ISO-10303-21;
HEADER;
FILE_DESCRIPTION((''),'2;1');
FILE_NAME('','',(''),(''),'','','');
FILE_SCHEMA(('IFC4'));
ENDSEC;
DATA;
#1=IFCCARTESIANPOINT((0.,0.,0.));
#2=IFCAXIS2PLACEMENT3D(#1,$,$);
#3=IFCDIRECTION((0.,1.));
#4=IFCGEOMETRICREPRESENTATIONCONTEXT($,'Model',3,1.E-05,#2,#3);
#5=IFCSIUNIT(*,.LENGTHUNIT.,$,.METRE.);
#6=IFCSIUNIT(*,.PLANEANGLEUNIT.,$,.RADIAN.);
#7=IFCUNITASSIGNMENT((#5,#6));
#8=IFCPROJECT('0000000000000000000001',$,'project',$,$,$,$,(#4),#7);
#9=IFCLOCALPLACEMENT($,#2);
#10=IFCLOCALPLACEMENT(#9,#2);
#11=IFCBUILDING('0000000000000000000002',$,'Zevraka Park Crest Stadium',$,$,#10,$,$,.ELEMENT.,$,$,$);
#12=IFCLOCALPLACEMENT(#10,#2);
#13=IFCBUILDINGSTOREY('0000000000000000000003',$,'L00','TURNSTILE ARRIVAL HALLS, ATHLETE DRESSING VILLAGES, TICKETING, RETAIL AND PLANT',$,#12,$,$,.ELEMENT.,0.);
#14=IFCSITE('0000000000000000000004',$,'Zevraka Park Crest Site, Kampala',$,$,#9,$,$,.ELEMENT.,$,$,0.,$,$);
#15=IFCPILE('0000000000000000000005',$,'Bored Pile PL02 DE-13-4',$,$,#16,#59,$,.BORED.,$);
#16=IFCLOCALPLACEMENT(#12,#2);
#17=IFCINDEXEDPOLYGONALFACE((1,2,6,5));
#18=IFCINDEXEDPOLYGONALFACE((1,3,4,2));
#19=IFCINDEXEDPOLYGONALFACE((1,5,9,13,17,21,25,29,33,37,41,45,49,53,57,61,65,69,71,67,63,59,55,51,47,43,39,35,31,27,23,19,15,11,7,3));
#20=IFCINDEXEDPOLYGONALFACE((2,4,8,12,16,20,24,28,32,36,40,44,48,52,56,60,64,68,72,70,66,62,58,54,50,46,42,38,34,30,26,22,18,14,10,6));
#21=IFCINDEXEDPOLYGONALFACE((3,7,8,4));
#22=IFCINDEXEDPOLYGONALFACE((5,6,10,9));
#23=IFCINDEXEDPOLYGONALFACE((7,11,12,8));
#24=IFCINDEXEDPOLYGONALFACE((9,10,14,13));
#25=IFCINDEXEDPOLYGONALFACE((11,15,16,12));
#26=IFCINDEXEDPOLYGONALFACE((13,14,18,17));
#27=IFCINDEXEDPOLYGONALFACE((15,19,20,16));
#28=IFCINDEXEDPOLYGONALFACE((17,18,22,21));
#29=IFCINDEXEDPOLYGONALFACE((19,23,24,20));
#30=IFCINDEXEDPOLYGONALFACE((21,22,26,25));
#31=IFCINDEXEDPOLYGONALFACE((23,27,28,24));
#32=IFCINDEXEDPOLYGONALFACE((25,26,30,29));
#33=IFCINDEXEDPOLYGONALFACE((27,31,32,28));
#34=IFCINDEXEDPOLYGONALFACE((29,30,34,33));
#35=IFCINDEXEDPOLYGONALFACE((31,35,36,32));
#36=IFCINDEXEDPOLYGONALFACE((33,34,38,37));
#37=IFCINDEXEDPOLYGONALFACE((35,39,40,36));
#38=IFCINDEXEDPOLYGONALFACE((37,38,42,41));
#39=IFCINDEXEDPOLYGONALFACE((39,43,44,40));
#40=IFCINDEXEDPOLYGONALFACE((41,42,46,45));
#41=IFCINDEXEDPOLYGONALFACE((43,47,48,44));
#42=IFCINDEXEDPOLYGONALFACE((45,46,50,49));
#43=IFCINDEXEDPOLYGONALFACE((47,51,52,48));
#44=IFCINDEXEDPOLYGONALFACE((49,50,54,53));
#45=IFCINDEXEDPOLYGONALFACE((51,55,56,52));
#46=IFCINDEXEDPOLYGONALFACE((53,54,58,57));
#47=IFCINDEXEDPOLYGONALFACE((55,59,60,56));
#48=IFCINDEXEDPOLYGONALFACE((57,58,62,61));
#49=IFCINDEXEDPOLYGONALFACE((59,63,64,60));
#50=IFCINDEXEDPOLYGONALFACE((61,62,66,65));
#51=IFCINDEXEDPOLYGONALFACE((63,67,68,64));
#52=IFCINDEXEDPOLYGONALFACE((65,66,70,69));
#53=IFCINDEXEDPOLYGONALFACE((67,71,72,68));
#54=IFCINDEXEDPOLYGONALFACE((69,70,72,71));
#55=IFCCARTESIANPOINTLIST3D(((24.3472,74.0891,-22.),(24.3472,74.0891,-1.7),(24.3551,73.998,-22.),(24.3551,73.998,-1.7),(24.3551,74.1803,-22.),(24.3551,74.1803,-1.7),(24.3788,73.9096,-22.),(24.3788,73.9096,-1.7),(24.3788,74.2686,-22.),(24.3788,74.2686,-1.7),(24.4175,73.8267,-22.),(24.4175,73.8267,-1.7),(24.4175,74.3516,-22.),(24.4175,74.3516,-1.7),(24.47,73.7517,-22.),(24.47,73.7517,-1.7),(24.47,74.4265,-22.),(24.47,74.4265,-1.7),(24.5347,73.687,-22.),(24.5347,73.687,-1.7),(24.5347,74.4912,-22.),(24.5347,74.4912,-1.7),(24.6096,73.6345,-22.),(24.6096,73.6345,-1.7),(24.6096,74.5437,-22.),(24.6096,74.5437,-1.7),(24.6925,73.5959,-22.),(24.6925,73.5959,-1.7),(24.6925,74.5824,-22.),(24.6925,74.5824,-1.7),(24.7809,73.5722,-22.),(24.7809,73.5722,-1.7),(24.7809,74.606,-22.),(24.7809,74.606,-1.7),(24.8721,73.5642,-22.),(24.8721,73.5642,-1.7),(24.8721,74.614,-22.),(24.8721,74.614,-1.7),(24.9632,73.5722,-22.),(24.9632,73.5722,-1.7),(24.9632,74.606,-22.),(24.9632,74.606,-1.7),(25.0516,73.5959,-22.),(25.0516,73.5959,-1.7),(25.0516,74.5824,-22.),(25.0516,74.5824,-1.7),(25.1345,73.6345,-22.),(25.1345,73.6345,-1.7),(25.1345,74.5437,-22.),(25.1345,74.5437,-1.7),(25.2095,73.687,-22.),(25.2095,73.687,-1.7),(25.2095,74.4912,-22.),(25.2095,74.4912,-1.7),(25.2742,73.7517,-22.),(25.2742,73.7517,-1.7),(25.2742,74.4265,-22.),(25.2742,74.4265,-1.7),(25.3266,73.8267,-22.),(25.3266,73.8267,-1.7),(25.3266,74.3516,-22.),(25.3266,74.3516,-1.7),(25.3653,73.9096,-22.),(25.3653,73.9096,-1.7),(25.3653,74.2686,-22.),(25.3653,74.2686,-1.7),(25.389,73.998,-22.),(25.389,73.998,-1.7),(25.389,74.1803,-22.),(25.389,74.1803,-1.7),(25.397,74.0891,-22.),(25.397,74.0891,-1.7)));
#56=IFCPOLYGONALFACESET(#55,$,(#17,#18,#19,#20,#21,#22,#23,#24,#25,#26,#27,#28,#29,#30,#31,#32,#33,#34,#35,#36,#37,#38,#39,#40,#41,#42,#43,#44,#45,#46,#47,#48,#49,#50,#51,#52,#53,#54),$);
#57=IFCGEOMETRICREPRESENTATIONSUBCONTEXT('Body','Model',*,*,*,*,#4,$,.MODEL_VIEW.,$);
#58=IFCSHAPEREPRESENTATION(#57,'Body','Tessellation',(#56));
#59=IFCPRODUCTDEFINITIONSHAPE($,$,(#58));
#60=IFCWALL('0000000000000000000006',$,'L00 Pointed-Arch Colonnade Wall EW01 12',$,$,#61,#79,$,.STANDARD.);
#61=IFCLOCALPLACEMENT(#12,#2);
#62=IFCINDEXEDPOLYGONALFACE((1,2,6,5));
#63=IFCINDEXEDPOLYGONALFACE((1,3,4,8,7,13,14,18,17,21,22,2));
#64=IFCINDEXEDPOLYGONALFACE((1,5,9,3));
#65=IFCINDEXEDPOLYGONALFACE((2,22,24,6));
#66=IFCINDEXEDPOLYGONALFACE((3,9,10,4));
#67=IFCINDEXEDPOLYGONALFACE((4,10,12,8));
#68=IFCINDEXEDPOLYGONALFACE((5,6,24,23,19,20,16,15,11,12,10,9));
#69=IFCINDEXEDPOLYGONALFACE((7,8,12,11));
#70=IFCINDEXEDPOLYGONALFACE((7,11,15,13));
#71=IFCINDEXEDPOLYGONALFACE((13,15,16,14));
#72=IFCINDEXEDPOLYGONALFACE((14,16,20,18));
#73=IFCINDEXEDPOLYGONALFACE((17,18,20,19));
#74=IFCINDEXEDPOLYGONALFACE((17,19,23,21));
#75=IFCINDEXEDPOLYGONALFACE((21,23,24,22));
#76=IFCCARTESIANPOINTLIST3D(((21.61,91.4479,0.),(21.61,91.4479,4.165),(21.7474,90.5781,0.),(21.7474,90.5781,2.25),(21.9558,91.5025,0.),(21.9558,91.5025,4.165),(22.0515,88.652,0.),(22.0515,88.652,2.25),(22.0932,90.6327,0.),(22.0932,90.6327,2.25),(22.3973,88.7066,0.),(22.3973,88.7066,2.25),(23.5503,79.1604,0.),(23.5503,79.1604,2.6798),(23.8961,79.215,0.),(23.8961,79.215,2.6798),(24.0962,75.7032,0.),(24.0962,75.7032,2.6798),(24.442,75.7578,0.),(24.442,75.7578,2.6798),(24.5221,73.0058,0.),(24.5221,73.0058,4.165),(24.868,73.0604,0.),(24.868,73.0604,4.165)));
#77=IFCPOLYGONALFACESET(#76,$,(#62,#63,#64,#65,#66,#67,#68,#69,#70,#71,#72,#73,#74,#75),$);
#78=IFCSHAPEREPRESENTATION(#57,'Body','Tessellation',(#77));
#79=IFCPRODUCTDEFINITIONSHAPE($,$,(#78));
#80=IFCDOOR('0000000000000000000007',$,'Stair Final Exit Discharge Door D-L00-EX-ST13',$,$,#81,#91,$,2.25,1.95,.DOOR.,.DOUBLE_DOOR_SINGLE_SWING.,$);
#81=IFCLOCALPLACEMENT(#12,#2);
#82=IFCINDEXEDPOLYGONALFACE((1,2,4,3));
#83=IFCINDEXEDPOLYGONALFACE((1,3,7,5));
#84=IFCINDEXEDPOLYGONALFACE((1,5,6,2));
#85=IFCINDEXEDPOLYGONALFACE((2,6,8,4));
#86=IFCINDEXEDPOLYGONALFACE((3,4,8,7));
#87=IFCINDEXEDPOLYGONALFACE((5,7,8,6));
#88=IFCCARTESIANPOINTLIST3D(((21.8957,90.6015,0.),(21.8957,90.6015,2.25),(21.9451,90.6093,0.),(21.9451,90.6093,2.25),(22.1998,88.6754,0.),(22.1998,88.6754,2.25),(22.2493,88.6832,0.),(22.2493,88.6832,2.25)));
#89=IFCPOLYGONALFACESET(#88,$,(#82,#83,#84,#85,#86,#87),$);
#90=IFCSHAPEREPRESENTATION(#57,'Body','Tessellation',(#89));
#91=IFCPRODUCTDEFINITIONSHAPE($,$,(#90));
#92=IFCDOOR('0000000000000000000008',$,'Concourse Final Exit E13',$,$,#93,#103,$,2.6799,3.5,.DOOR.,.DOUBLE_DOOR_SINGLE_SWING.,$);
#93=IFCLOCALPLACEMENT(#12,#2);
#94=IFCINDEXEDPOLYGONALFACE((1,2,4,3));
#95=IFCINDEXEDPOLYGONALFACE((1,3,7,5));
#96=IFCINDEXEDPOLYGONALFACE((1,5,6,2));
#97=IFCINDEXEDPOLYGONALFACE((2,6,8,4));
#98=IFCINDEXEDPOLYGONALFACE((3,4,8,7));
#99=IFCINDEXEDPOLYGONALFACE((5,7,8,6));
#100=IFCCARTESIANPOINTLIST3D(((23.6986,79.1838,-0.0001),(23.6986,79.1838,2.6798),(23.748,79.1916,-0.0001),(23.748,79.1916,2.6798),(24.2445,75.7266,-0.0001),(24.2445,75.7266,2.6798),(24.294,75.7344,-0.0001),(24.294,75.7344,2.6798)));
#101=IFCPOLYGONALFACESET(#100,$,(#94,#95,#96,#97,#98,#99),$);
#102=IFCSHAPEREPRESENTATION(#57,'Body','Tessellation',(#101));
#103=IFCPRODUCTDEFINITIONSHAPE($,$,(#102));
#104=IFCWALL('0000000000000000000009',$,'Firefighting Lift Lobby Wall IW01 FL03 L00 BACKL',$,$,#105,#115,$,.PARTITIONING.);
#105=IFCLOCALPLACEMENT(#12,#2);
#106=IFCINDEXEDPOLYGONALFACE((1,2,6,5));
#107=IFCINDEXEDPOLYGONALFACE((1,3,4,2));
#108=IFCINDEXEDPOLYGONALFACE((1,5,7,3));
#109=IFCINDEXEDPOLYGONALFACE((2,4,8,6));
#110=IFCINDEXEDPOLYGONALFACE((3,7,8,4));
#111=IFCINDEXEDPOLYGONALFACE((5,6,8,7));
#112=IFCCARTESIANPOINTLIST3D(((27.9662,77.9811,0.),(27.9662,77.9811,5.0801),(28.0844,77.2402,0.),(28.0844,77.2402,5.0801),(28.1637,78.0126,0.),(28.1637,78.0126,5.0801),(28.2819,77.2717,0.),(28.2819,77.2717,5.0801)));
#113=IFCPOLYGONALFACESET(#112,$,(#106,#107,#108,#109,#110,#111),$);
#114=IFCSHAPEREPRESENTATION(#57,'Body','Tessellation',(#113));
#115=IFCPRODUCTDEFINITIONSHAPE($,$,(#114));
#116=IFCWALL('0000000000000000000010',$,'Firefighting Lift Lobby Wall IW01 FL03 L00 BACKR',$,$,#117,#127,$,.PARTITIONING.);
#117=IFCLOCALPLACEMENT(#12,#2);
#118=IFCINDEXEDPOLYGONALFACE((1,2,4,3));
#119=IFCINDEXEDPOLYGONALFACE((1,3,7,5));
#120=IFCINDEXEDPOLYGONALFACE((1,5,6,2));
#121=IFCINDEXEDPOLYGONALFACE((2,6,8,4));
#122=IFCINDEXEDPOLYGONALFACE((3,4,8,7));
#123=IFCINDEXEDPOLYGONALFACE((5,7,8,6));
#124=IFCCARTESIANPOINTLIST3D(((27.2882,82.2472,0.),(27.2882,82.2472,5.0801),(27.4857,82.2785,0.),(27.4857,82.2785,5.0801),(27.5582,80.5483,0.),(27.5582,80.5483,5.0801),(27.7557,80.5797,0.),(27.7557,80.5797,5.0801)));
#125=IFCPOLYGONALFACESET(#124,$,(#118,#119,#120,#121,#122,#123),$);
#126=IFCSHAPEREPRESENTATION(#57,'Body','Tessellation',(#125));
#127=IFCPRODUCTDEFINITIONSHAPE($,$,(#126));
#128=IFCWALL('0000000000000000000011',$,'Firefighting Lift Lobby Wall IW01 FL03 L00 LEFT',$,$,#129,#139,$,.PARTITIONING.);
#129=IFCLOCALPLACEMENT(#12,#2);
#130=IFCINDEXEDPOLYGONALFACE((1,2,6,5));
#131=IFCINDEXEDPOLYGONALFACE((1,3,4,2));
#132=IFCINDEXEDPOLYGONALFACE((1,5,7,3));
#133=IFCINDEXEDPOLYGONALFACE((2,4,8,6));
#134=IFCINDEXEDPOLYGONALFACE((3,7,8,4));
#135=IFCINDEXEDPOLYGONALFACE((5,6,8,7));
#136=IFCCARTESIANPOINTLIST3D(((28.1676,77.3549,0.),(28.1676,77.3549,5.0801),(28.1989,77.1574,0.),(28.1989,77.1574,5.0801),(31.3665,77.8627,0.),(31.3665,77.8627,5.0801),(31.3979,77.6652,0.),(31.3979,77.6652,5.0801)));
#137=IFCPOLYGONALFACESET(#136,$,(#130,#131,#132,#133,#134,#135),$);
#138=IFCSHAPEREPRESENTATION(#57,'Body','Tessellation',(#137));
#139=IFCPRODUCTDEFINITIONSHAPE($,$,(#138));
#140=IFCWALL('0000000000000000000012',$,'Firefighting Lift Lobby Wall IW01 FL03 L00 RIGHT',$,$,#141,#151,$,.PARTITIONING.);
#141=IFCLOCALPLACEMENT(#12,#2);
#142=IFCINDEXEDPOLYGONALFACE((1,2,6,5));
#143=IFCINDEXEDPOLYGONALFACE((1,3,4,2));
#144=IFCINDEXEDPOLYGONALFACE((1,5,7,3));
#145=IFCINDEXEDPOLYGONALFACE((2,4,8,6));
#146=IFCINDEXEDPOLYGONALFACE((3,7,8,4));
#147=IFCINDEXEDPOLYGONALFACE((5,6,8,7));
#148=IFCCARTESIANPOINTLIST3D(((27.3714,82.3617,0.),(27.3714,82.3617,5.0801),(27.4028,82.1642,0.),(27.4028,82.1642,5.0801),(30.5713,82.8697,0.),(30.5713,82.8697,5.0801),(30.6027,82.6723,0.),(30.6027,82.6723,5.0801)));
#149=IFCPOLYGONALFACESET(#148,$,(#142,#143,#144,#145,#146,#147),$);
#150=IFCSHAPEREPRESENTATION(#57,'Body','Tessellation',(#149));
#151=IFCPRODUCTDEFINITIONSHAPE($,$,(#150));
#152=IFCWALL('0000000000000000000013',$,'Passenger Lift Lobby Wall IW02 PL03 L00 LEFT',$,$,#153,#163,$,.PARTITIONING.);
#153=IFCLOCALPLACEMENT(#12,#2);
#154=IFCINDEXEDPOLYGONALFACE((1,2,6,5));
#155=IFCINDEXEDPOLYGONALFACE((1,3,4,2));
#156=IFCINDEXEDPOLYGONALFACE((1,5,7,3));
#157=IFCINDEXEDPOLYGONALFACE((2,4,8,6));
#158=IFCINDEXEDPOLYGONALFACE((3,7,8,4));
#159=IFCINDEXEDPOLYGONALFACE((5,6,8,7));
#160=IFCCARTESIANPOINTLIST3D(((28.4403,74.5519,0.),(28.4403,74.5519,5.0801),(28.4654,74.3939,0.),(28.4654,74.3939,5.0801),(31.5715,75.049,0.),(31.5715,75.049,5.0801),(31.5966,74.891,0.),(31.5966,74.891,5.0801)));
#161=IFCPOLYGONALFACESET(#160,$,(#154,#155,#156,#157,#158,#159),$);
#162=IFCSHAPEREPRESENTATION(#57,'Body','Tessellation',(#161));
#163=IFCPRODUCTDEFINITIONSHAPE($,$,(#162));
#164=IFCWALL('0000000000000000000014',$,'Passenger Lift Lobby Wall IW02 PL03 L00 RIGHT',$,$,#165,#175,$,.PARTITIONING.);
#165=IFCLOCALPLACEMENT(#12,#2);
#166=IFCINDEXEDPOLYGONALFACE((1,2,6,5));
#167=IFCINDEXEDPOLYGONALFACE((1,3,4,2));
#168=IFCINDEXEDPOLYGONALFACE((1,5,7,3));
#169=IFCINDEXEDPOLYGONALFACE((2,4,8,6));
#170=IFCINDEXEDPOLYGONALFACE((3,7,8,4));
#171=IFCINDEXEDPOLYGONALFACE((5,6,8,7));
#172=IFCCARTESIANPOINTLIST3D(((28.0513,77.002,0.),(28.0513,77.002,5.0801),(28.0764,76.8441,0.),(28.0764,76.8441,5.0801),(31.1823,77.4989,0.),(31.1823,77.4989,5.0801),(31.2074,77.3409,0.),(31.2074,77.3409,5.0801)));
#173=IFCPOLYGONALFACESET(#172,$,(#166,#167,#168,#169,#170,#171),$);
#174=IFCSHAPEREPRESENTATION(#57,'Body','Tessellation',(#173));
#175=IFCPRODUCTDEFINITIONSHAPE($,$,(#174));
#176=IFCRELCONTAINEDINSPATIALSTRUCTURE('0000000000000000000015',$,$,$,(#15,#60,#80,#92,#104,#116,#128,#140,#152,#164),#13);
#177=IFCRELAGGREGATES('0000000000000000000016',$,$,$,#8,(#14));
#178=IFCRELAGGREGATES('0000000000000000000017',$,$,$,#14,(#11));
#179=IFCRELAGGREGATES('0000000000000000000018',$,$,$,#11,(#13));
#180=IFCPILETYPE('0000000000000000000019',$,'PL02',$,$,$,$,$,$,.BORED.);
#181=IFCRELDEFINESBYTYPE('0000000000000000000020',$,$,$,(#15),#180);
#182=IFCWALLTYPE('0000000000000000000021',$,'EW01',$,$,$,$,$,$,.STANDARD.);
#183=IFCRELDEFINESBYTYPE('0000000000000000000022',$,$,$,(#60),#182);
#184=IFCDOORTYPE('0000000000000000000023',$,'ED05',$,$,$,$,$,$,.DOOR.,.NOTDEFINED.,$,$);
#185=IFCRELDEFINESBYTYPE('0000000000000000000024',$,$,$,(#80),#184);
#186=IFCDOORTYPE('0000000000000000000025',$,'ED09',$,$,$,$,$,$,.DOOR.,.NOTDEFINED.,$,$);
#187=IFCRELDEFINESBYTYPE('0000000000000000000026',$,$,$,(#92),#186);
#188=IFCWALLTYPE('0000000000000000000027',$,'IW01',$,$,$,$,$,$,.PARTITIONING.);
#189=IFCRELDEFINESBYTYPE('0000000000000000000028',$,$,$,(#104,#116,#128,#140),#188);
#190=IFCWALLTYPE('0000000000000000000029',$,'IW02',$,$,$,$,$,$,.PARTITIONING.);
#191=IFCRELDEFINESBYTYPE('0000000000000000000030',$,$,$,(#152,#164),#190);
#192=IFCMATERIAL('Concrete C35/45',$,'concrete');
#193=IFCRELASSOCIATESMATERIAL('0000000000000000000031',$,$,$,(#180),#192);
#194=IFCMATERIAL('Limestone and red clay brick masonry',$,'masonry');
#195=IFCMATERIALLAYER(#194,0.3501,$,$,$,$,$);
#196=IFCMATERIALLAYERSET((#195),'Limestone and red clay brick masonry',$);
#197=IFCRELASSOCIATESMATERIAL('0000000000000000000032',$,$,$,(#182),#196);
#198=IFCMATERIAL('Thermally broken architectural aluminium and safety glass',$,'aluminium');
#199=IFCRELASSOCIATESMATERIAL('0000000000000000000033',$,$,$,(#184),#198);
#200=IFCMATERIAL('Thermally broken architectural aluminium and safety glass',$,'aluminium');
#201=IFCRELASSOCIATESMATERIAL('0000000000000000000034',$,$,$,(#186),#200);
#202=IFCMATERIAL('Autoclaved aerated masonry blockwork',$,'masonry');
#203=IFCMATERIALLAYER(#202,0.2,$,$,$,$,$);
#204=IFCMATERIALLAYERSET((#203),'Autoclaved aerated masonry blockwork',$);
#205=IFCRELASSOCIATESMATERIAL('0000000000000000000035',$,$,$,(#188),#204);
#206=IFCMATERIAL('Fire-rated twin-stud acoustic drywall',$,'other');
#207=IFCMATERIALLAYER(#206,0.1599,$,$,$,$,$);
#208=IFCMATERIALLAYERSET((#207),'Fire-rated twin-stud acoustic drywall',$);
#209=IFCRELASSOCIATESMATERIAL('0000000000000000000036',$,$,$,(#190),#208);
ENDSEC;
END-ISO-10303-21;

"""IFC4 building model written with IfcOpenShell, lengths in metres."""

from ifc_helpers import new_model, si_unit, direction, frame, frame_2d, origin, origin_2d, place, context, subcontext, project, spatial, rectangle, circle, extrude, material, layer, layer_set, material_profile, profile_set, type_object, element, fill, save


model = new_model("IFC4")

# Units and contexts
model_context = context("Model", 3, precision=1e-05, world=origin(), true_north=direction((0.0, 1.0)))
body_context = subcontext(model_context, "Body", "Model", "MODEL_VIEW")
ifc_project = project(units=[si_unit("LENGTHUNIT", "METRE"), si_unit("PLANEANGLEUNIT", "RADIAN")], contexts=[model_context])

# Site, building, storey
site_placement = place(None, origin())
site = spatial("IfcSite", under=ifc_project, at=site_placement, Name="Zevraka Park Crest Site, Kampala", CompositionType="ELEMENT", RefElevation=0.0)
building_placement = place(site_placement, origin())
building = spatial("IfcBuilding", under=site, at=building_placement, Name="Zevraka Park Crest Stadium", CompositionType="ELEMENT")
storey_placement = place(building_placement, origin())
storey = spatial("IfcBuildingStorey", under=building, at=storey_placement, Name="L00", Description="TURNSTILE ARRIVAL HALLS, ATHLETE DRESSING VILLAGES, TICKETING, RETAIL AND PLANT", CompositionType="ELEMENT", Elevation=0.0)

# Pile
ifc_material_1 = material(Name="Concrete C35/45", Category="concrete")
ifc_material_profile = material_profile(ifc_material_1, circle(Radius=0.5249, at=origin_2d()), Name="PILE D1050")
ifc_profile_set = profile_set([ifc_material_profile], Name="Concrete C35/45")
pile_type = type_object("IfcPileType", Name="PL02", PredefinedType="BORED", material=ifc_profile_set)
pile_placement = place(storey_placement, frame((24.8721, 74.0891, -1.7), z_axis=(0.0, 0.0, -1.0), x_axis=(1.0, 0.0, 0.0)))
element("IfcPile", 1, at=pile_placement, inside=storey, type_object=pile_type, Name="Bored Pile PL02 DE-13-4", PredefinedType="BORED", context=body_context, shape_type="SweptSolid", body=[
    extrude(circle(Radius=0.5249, at=origin_2d()), origin(), (0.0, 0.0, 1.0), 20.3),
])

# Wall, openings, doors
ifc_material_2 = material(Name="Limestone and red clay brick masonry", Category="masonry")
ifc_layer_1 = layer(ifc_material_2, 0.3501)
ifc_layer_set_1 = layer_set([ifc_layer_1], Name="Limestone and red clay brick masonry")
wall_type_1 = type_object("IfcWallType", Name="EW01", PredefinedType="STANDARD", material=ifc_layer_set_1)
wall_1_placement = place(storey_placement, frame((24.6951, 73.033, 0.0), z_axis=(0.0, 0.0, 1.0), x_axis=(-0.155973, 0.987761, 0.0)))
wall_1 = element("IfcWall", 2, at=wall_1_placement, inside=storey, type_object=wall_type_1, Name="L00 Pointed-Arch Colonnade Wall EW01 12", PredefinedType="STANDARD", context=body_context, shape_type="SweptSolid", body=[
    extrude(rectangle(XDim=18.6707, YDim=0.3501, at=frame_2d((9.3354, 0.0))), origin(), (0.0, 0.0, 1.0), 4.165),
])
opening_1_placement = place(wall_1_placement, frame((15.8401, 0.0, 0.0)))
opening_1 = element("IfcOpeningElement", 3, at=opening_1_placement, cuts=wall_1, PredefinedType="OPENING", context=body_context, shape_type="SweptSolid", body=[
    extrude(rectangle(XDim=1.95, YDim=2.25, at=frame_2d((0.9751, 1.125))), frame((0.0, 0.1851, 0.0), z_axis=(0.0, -1.0, 0.0), x_axis=(1.0, 0.0, 0.0)), (0.0, 0.0, 1.0), 0.3701),
])
opening_2_placement = place(wall_1_placement, frame((2.731, 0.0, 0.0)))
opening_2 = element("IfcOpeningElement", 4, at=opening_2_placement, cuts=wall_1, PredefinedType="OPENING", context=body_context, shape_type="SweptSolid", body=[
    extrude(rectangle(XDim=3.5, YDim=2.6799, at=frame_2d((1.75, 1.3398))), frame((0.0, 0.1851, 0.0), z_axis=(0.0, -1.0, 0.0), x_axis=(1.0, 0.0, 0.0)), (0.0, 0.0, 1.0), 0.3701),
])
ifc_material_3 = material(Name="Thermally broken architectural aluminium and safety glass", Category="aluminium")
door_type_1 = type_object("IfcDoorType", Name="ED05", OperationType="NOTDEFINED", PredefinedType="DOOR", material=ifc_material_3)
door_1_placement = place(opening_1_placement, origin())
door_1 = element("IfcDoor", 5, at=door_1_placement, inside=storey, type_object=door_type_1, Name="Stair Final Exit Discharge Door D-L00-EX-ST13", OperationType="DOUBLE_DOOR_SINGLE_SWING", OverallHeight=2.25, OverallWidth=1.95, PredefinedType="DOOR", context=body_context, shape_type="SweptSolid", body=[
    extrude(rectangle(XDim=1.95, YDim=2.25, at=frame_2d((0.9751, 1.125))), frame((0.0, 0.0249, 0.0), z_axis=(0.0, -1.0, 0.0), x_axis=(1.0, 0.0, 0.0)), (0.0, 0.0, 1.0), 0.05),
])
fill(opening_1, door_1)
ifc_material_4 = material(Name="Thermally broken architectural aluminium and safety glass", Category="aluminium")
door_type_2 = type_object("IfcDoorType", Name="ED09", OperationType="NOTDEFINED", PredefinedType="DOOR", material=ifc_material_4)
door_2_placement = place(opening_2_placement, origin())
door_2 = element("IfcDoor", 6, at=door_2_placement, inside=storey, type_object=door_type_2, Name="Concourse Final Exit E13", OperationType="DOUBLE_DOOR_SINGLE_SWING", OverallHeight=2.6799, OverallWidth=3.5, PredefinedType="DOOR", context=body_context, shape_type="SweptSolid", body=[
    extrude(rectangle(XDim=3.5, YDim=2.6799, at=frame_2d((1.75, 1.3398))), frame((0.0, 0.0249, 0.0), z_axis=(0.0, -1.0, 0.0), x_axis=(1.0, 0.0, 0.0)), (0.0, 0.0, 1.0), 0.05),
])
fill(opening_2, door_2)

# Walls
ifc_material_5 = material(Name="Autoclaved aerated masonry blockwork", Category="masonry")
ifc_layer_2 = layer(ifc_material_5, 0.2)
ifc_layer_set_2 = layer_set([ifc_layer_2], Name="Autoclaved aerated masonry blockwork")
wall_type_2 = type_object("IfcWallType", Name="IW01", PredefinedType="PARTITIONING", material=ifc_layer_set_2)
wall_2_placement = place(storey_placement, frame((28.1831, 77.2561, 0.0), z_axis=(0.0, 0.0, 1.0), x_axis=(-0.157483, 0.987522, 0.0)))
element("IfcWall", 7, at=wall_2_placement, inside=storey, type_object=wall_type_2, Name="Firefighting Lift Lobby Wall IW01 FL03 L00 BACKL", PredefinedType="PARTITIONING", context=body_context, shape_type="SweptSolid", body=[
    extrude(rectangle(XDim=0.7502, YDim=0.2, at=frame_2d((0.375, 0.0))), origin(), (0.0, 0.0, 1.0), 5.0801),
])
wall_3_placement = place(storey_placement, frame((27.657, 80.564, 0.0), z_axis=(0.0, 0.0, 1.0), x_axis=(-0.156961, 0.987605, 0.0)))
element("IfcWall", 8, at=wall_3_placement, inside=storey, type_object=wall_type_2, Name="Firefighting Lift Lobby Wall IW01 FL03 L00 BACKR", PredefinedType="PARTITIONING", context=body_context, shape_type="SweptSolid", body=[
    extrude(rectangle(XDim=1.7202, YDim=0.2, at=frame_2d((0.8601, 0.0))), origin(), (0.0, 0.0, 1.0), 5.0801),
])
wall_4_placement = place(storey_placement, frame((28.1831, 77.2561, 0.0), z_axis=(0.0, 0.0, 1.0), x_axis=(0.987634, 0.156779, 0.0)))
element("IfcWall", 9, at=wall_4_placement, inside=storey, type_object=wall_type_2, Name="Firefighting Lift Lobby Wall IW01 FL03 L00 LEFT", PredefinedType="PARTITIONING", context=body_context, shape_type="SweptSolid", body=[
    extrude(rectangle(XDim=3.239, YDim=0.2, at=frame_2d((1.6196, 0.0))), origin(), (0.0, 0.0, 1.0), 5.0801),
])
wall_5_placement = place(storey_placement, frame((27.387, 82.2629, 0.0), z_axis=(0.0, 0.0, 1.0), x_axis=(0.987629, 0.156806, 0.0)))
element("IfcWall", 10, at=wall_5_placement, inside=storey, type_object=wall_type_2, Name="Firefighting Lift Lobby Wall IW01 FL03 L00 RIGHT", PredefinedType="PARTITIONING", context=body_context, shape_type="SweptSolid", body=[
    extrude(rectangle(XDim=3.24, YDim=0.2, at=frame_2d((1.6201, 0.0))), origin(), (0.0, 0.0, 1.0), 5.0801),
])
ifc_material_6 = material(Name="Fire-rated twin-stud acoustic drywall", Category="other")
ifc_layer_3 = layer(ifc_material_6, 0.1599)
ifc_layer_set_3 = layer_set([ifc_layer_3], Name="Fire-rated twin-stud acoustic drywall")
wall_type_3 = type_object("IfcWallType", Name="IW02", PredefinedType="PARTITIONING", material=ifc_layer_set_3)
wall_6_placement = place(storey_placement, frame((28.4529, 74.4729, 0.0), z_axis=(0.0, 0.0, 1.0), x_axis=(0.987632, 0.156789, 0.0)))
element("IfcWall", 11, at=wall_6_placement, inside=storey, type_object=wall_type_3, Name="Passenger Lift Lobby Wall IW02 PL03 L00 LEFT", PredefinedType="PARTITIONING", context=body_context, shape_type="SweptSolid", body=[
    extrude(rectangle(XDim=3.1704, YDim=0.1599, at=frame_2d((1.5852, 0.0))), origin(), (0.0, 0.0, 1.0), 5.0801),
])
wall_7_placement = place(storey_placement, frame((28.064, 76.9231, 0.0), z_axis=(0.0, 0.0, 1.0), x_axis=(0.987644, 0.156714, 0.0)))
element("IfcWall", 12, at=wall_7_placement, inside=storey, type_object=wall_type_3, Name="Passenger Lift Lobby Wall IW02 PL03 L00 RIGHT", PredefinedType="PARTITIONING", context=body_context, shape_type="SweptSolid", body=[
    extrude(rectangle(XDim=3.1702, YDim=0.1599, at=frame_2d((1.585, 0.0))), origin(), (0.0, 0.0, 1.0), 5.0801),
])

save(model, "model.ifc")
